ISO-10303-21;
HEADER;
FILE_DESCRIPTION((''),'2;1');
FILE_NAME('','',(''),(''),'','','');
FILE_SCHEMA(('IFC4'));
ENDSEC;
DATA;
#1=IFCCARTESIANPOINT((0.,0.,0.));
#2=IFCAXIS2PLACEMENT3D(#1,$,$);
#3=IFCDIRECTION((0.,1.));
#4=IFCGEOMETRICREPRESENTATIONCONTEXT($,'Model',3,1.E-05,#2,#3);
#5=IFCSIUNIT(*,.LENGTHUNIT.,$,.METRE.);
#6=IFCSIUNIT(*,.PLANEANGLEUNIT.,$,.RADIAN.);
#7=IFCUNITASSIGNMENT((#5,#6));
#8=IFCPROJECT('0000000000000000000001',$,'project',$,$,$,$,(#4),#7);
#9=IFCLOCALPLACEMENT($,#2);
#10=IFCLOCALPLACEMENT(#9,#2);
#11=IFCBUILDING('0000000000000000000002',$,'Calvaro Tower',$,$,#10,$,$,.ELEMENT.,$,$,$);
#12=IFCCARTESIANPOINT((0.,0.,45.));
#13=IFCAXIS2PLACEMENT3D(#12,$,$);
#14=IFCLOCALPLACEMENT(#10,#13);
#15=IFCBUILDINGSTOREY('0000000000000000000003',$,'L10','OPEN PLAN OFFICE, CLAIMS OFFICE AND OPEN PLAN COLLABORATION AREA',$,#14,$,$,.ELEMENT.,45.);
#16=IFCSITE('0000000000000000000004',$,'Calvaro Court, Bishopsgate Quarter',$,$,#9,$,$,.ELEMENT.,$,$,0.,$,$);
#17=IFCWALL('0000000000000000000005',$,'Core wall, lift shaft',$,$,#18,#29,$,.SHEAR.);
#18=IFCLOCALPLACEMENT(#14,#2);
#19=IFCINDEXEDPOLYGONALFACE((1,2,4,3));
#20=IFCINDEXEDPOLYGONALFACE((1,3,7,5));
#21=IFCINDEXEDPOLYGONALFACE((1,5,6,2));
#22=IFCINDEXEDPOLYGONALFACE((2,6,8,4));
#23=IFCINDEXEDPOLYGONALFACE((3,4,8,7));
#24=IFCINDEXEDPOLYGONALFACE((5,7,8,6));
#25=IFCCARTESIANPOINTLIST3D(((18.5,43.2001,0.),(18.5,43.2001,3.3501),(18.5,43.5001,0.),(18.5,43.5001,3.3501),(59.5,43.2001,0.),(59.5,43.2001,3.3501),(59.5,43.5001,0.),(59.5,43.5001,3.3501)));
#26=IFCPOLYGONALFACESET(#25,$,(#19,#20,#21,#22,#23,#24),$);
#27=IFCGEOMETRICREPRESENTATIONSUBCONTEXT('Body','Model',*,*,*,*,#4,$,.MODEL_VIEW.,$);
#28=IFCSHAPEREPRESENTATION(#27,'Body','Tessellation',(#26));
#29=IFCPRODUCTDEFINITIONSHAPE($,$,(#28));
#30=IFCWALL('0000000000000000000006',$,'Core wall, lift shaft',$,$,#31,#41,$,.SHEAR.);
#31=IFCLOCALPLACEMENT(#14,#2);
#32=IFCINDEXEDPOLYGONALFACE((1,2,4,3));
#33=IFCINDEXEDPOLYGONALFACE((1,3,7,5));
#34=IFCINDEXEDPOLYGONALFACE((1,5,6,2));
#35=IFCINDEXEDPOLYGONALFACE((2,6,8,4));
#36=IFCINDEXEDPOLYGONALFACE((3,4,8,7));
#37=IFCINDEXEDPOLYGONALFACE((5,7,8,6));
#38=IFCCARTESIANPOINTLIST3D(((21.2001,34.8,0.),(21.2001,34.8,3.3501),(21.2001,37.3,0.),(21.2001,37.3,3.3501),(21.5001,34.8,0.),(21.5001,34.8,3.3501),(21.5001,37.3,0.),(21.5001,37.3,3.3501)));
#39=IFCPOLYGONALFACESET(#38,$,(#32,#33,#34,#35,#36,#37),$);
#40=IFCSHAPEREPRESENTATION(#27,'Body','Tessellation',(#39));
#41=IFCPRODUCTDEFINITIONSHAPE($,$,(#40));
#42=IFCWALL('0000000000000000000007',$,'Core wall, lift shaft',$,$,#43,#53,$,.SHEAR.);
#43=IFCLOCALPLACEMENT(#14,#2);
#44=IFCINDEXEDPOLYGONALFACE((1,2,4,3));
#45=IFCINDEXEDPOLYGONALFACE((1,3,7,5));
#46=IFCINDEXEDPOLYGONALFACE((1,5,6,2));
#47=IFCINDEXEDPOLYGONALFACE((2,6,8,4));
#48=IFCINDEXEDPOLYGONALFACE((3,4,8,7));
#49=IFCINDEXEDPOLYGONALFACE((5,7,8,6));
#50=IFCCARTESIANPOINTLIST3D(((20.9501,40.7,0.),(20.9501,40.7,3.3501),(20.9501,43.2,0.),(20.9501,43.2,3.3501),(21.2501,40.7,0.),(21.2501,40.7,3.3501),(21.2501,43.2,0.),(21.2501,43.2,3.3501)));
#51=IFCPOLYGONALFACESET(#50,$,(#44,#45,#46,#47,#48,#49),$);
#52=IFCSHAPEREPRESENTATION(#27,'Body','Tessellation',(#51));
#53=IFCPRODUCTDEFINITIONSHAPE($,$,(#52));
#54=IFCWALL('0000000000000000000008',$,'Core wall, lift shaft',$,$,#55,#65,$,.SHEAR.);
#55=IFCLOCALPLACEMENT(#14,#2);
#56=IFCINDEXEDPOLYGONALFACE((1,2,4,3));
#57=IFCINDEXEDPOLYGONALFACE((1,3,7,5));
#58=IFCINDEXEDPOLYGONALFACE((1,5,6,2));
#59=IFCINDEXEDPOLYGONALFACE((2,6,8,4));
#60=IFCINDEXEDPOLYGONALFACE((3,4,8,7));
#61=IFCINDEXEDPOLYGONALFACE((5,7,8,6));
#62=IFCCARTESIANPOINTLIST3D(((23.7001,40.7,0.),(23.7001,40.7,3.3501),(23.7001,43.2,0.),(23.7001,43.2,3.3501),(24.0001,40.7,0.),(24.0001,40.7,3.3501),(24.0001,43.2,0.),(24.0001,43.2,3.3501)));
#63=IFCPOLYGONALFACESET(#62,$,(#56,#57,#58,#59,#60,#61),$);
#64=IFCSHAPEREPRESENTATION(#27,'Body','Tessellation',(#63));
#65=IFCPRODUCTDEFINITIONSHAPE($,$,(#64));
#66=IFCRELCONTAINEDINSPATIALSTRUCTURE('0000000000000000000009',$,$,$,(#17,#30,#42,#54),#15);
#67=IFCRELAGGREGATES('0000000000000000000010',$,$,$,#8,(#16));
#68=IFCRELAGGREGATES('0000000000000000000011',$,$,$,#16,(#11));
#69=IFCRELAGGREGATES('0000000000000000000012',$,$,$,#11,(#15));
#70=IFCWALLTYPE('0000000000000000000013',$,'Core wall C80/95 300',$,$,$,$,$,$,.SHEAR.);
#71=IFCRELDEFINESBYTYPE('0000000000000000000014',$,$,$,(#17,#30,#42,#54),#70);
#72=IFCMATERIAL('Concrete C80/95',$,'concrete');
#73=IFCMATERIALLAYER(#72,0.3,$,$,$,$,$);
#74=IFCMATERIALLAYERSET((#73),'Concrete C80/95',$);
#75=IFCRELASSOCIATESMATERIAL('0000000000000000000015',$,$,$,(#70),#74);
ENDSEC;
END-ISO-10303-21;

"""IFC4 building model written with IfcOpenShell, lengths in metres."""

from ifc_helpers import new_model, si_unit, direction, frame, frame_2d, origin, place, context, subcontext, project, spatial, rectangle, extrude, material, layer, layer_set, type_object, element, save


model = new_model("IFC4")

# Units and contexts
model_context = context("Model", 3, precision=1e-05, world=origin(), true_north=direction((0.0, 1.0)))
body_context = subcontext(model_context, "Body", "Model", "MODEL_VIEW")
ifc_project = project(units=[si_unit("LENGTHUNIT", "METRE"), si_unit("PLANEANGLEUNIT", "RADIAN")], contexts=[model_context])

# Site, building, storey
site_placement = place(None, origin())
site = spatial("IfcSite", under=ifc_project, at=site_placement, Name="Calvaro Court, Bishopsgate Quarter", CompositionType="ELEMENT", RefElevation=0.0)
building_placement = place(site_placement, origin())
building = spatial("IfcBuilding", under=site, at=building_placement, Name="Calvaro Tower", CompositionType="ELEMENT")
storey_placement = place(building_placement, frame((0.0, 0.0, 45.0)))
storey = spatial("IfcBuildingStorey", under=building, at=storey_placement, Name="L10", Description="OPEN PLAN OFFICE, CLAIMS OFFICE AND OPEN PLAN COLLABORATION AREA", CompositionType="ELEMENT", Elevation=45.0)

# Shared definitions
ifc_material_1 = material(Name="Concrete C80/95", Category="concrete")
ifc_layer_1 = layer(ifc_material_1, 0.3)
ifc_layer_set_1 = layer_set([ifc_layer_1], Name="Concrete C80/95")
wall_type_1 = type_object("IfcWallType", Name="Core wall C80/95 300", PredefinedType="SHEAR", material=ifc_layer_set_1)

# Walls
wall_1_placement = place(storey_placement, frame((18.5, 43.3501, 0.0), z_axis=(0.0, 0.0, 1.0), x_axis=(1.0, 0.0, 0.0)))
element("IfcWall", 1, at=wall_1_placement, inside=storey, type_object=wall_type_1, Name="Core wall, lift shaft", PredefinedType="SHEAR", context=body_context, shape_type="SweptSolid", body=[
    extrude(rectangle(XDim=41.0, YDim=0.3, at=frame_2d((20.5, 0.0))), origin(), (0.0, 0.0, 1.0), 3.3501),
])
for number, where, z_axis, x_axis, name in (
    (2, (21.3501, 34.8, 0.0), (0.0, 0.0, 1.0), (0.0, 1.0, 0.0), "Core wall, lift shaft"),
    (3, (21.1001, 40.7, 0.0), (0.0, 0.0, 1.0), (0.0, 1.0, 0.0), "Core wall, lift shaft"),
    (4, (23.8501, 40.7, 0.0), (0.0, 0.0, 1.0), (0.0, 1.0, 0.0), "Core wall, lift shaft"),
):
    element("IfcWall", number, at=place(storey_placement, frame(where, z_axis=z_axis, x_axis=x_axis)), inside=storey, type_object=wall_type_1, Name=name, PredefinedType="SHEAR", context=body_context, shape_type="SweptSolid", body=[
        extrude(rectangle(XDim=2.5, YDim=0.3, at=frame_2d((1.25, 0.0))), origin(), (0.0, 0.0, 1.0), 3.3501),
    ])

save(model, "model.ifc")
